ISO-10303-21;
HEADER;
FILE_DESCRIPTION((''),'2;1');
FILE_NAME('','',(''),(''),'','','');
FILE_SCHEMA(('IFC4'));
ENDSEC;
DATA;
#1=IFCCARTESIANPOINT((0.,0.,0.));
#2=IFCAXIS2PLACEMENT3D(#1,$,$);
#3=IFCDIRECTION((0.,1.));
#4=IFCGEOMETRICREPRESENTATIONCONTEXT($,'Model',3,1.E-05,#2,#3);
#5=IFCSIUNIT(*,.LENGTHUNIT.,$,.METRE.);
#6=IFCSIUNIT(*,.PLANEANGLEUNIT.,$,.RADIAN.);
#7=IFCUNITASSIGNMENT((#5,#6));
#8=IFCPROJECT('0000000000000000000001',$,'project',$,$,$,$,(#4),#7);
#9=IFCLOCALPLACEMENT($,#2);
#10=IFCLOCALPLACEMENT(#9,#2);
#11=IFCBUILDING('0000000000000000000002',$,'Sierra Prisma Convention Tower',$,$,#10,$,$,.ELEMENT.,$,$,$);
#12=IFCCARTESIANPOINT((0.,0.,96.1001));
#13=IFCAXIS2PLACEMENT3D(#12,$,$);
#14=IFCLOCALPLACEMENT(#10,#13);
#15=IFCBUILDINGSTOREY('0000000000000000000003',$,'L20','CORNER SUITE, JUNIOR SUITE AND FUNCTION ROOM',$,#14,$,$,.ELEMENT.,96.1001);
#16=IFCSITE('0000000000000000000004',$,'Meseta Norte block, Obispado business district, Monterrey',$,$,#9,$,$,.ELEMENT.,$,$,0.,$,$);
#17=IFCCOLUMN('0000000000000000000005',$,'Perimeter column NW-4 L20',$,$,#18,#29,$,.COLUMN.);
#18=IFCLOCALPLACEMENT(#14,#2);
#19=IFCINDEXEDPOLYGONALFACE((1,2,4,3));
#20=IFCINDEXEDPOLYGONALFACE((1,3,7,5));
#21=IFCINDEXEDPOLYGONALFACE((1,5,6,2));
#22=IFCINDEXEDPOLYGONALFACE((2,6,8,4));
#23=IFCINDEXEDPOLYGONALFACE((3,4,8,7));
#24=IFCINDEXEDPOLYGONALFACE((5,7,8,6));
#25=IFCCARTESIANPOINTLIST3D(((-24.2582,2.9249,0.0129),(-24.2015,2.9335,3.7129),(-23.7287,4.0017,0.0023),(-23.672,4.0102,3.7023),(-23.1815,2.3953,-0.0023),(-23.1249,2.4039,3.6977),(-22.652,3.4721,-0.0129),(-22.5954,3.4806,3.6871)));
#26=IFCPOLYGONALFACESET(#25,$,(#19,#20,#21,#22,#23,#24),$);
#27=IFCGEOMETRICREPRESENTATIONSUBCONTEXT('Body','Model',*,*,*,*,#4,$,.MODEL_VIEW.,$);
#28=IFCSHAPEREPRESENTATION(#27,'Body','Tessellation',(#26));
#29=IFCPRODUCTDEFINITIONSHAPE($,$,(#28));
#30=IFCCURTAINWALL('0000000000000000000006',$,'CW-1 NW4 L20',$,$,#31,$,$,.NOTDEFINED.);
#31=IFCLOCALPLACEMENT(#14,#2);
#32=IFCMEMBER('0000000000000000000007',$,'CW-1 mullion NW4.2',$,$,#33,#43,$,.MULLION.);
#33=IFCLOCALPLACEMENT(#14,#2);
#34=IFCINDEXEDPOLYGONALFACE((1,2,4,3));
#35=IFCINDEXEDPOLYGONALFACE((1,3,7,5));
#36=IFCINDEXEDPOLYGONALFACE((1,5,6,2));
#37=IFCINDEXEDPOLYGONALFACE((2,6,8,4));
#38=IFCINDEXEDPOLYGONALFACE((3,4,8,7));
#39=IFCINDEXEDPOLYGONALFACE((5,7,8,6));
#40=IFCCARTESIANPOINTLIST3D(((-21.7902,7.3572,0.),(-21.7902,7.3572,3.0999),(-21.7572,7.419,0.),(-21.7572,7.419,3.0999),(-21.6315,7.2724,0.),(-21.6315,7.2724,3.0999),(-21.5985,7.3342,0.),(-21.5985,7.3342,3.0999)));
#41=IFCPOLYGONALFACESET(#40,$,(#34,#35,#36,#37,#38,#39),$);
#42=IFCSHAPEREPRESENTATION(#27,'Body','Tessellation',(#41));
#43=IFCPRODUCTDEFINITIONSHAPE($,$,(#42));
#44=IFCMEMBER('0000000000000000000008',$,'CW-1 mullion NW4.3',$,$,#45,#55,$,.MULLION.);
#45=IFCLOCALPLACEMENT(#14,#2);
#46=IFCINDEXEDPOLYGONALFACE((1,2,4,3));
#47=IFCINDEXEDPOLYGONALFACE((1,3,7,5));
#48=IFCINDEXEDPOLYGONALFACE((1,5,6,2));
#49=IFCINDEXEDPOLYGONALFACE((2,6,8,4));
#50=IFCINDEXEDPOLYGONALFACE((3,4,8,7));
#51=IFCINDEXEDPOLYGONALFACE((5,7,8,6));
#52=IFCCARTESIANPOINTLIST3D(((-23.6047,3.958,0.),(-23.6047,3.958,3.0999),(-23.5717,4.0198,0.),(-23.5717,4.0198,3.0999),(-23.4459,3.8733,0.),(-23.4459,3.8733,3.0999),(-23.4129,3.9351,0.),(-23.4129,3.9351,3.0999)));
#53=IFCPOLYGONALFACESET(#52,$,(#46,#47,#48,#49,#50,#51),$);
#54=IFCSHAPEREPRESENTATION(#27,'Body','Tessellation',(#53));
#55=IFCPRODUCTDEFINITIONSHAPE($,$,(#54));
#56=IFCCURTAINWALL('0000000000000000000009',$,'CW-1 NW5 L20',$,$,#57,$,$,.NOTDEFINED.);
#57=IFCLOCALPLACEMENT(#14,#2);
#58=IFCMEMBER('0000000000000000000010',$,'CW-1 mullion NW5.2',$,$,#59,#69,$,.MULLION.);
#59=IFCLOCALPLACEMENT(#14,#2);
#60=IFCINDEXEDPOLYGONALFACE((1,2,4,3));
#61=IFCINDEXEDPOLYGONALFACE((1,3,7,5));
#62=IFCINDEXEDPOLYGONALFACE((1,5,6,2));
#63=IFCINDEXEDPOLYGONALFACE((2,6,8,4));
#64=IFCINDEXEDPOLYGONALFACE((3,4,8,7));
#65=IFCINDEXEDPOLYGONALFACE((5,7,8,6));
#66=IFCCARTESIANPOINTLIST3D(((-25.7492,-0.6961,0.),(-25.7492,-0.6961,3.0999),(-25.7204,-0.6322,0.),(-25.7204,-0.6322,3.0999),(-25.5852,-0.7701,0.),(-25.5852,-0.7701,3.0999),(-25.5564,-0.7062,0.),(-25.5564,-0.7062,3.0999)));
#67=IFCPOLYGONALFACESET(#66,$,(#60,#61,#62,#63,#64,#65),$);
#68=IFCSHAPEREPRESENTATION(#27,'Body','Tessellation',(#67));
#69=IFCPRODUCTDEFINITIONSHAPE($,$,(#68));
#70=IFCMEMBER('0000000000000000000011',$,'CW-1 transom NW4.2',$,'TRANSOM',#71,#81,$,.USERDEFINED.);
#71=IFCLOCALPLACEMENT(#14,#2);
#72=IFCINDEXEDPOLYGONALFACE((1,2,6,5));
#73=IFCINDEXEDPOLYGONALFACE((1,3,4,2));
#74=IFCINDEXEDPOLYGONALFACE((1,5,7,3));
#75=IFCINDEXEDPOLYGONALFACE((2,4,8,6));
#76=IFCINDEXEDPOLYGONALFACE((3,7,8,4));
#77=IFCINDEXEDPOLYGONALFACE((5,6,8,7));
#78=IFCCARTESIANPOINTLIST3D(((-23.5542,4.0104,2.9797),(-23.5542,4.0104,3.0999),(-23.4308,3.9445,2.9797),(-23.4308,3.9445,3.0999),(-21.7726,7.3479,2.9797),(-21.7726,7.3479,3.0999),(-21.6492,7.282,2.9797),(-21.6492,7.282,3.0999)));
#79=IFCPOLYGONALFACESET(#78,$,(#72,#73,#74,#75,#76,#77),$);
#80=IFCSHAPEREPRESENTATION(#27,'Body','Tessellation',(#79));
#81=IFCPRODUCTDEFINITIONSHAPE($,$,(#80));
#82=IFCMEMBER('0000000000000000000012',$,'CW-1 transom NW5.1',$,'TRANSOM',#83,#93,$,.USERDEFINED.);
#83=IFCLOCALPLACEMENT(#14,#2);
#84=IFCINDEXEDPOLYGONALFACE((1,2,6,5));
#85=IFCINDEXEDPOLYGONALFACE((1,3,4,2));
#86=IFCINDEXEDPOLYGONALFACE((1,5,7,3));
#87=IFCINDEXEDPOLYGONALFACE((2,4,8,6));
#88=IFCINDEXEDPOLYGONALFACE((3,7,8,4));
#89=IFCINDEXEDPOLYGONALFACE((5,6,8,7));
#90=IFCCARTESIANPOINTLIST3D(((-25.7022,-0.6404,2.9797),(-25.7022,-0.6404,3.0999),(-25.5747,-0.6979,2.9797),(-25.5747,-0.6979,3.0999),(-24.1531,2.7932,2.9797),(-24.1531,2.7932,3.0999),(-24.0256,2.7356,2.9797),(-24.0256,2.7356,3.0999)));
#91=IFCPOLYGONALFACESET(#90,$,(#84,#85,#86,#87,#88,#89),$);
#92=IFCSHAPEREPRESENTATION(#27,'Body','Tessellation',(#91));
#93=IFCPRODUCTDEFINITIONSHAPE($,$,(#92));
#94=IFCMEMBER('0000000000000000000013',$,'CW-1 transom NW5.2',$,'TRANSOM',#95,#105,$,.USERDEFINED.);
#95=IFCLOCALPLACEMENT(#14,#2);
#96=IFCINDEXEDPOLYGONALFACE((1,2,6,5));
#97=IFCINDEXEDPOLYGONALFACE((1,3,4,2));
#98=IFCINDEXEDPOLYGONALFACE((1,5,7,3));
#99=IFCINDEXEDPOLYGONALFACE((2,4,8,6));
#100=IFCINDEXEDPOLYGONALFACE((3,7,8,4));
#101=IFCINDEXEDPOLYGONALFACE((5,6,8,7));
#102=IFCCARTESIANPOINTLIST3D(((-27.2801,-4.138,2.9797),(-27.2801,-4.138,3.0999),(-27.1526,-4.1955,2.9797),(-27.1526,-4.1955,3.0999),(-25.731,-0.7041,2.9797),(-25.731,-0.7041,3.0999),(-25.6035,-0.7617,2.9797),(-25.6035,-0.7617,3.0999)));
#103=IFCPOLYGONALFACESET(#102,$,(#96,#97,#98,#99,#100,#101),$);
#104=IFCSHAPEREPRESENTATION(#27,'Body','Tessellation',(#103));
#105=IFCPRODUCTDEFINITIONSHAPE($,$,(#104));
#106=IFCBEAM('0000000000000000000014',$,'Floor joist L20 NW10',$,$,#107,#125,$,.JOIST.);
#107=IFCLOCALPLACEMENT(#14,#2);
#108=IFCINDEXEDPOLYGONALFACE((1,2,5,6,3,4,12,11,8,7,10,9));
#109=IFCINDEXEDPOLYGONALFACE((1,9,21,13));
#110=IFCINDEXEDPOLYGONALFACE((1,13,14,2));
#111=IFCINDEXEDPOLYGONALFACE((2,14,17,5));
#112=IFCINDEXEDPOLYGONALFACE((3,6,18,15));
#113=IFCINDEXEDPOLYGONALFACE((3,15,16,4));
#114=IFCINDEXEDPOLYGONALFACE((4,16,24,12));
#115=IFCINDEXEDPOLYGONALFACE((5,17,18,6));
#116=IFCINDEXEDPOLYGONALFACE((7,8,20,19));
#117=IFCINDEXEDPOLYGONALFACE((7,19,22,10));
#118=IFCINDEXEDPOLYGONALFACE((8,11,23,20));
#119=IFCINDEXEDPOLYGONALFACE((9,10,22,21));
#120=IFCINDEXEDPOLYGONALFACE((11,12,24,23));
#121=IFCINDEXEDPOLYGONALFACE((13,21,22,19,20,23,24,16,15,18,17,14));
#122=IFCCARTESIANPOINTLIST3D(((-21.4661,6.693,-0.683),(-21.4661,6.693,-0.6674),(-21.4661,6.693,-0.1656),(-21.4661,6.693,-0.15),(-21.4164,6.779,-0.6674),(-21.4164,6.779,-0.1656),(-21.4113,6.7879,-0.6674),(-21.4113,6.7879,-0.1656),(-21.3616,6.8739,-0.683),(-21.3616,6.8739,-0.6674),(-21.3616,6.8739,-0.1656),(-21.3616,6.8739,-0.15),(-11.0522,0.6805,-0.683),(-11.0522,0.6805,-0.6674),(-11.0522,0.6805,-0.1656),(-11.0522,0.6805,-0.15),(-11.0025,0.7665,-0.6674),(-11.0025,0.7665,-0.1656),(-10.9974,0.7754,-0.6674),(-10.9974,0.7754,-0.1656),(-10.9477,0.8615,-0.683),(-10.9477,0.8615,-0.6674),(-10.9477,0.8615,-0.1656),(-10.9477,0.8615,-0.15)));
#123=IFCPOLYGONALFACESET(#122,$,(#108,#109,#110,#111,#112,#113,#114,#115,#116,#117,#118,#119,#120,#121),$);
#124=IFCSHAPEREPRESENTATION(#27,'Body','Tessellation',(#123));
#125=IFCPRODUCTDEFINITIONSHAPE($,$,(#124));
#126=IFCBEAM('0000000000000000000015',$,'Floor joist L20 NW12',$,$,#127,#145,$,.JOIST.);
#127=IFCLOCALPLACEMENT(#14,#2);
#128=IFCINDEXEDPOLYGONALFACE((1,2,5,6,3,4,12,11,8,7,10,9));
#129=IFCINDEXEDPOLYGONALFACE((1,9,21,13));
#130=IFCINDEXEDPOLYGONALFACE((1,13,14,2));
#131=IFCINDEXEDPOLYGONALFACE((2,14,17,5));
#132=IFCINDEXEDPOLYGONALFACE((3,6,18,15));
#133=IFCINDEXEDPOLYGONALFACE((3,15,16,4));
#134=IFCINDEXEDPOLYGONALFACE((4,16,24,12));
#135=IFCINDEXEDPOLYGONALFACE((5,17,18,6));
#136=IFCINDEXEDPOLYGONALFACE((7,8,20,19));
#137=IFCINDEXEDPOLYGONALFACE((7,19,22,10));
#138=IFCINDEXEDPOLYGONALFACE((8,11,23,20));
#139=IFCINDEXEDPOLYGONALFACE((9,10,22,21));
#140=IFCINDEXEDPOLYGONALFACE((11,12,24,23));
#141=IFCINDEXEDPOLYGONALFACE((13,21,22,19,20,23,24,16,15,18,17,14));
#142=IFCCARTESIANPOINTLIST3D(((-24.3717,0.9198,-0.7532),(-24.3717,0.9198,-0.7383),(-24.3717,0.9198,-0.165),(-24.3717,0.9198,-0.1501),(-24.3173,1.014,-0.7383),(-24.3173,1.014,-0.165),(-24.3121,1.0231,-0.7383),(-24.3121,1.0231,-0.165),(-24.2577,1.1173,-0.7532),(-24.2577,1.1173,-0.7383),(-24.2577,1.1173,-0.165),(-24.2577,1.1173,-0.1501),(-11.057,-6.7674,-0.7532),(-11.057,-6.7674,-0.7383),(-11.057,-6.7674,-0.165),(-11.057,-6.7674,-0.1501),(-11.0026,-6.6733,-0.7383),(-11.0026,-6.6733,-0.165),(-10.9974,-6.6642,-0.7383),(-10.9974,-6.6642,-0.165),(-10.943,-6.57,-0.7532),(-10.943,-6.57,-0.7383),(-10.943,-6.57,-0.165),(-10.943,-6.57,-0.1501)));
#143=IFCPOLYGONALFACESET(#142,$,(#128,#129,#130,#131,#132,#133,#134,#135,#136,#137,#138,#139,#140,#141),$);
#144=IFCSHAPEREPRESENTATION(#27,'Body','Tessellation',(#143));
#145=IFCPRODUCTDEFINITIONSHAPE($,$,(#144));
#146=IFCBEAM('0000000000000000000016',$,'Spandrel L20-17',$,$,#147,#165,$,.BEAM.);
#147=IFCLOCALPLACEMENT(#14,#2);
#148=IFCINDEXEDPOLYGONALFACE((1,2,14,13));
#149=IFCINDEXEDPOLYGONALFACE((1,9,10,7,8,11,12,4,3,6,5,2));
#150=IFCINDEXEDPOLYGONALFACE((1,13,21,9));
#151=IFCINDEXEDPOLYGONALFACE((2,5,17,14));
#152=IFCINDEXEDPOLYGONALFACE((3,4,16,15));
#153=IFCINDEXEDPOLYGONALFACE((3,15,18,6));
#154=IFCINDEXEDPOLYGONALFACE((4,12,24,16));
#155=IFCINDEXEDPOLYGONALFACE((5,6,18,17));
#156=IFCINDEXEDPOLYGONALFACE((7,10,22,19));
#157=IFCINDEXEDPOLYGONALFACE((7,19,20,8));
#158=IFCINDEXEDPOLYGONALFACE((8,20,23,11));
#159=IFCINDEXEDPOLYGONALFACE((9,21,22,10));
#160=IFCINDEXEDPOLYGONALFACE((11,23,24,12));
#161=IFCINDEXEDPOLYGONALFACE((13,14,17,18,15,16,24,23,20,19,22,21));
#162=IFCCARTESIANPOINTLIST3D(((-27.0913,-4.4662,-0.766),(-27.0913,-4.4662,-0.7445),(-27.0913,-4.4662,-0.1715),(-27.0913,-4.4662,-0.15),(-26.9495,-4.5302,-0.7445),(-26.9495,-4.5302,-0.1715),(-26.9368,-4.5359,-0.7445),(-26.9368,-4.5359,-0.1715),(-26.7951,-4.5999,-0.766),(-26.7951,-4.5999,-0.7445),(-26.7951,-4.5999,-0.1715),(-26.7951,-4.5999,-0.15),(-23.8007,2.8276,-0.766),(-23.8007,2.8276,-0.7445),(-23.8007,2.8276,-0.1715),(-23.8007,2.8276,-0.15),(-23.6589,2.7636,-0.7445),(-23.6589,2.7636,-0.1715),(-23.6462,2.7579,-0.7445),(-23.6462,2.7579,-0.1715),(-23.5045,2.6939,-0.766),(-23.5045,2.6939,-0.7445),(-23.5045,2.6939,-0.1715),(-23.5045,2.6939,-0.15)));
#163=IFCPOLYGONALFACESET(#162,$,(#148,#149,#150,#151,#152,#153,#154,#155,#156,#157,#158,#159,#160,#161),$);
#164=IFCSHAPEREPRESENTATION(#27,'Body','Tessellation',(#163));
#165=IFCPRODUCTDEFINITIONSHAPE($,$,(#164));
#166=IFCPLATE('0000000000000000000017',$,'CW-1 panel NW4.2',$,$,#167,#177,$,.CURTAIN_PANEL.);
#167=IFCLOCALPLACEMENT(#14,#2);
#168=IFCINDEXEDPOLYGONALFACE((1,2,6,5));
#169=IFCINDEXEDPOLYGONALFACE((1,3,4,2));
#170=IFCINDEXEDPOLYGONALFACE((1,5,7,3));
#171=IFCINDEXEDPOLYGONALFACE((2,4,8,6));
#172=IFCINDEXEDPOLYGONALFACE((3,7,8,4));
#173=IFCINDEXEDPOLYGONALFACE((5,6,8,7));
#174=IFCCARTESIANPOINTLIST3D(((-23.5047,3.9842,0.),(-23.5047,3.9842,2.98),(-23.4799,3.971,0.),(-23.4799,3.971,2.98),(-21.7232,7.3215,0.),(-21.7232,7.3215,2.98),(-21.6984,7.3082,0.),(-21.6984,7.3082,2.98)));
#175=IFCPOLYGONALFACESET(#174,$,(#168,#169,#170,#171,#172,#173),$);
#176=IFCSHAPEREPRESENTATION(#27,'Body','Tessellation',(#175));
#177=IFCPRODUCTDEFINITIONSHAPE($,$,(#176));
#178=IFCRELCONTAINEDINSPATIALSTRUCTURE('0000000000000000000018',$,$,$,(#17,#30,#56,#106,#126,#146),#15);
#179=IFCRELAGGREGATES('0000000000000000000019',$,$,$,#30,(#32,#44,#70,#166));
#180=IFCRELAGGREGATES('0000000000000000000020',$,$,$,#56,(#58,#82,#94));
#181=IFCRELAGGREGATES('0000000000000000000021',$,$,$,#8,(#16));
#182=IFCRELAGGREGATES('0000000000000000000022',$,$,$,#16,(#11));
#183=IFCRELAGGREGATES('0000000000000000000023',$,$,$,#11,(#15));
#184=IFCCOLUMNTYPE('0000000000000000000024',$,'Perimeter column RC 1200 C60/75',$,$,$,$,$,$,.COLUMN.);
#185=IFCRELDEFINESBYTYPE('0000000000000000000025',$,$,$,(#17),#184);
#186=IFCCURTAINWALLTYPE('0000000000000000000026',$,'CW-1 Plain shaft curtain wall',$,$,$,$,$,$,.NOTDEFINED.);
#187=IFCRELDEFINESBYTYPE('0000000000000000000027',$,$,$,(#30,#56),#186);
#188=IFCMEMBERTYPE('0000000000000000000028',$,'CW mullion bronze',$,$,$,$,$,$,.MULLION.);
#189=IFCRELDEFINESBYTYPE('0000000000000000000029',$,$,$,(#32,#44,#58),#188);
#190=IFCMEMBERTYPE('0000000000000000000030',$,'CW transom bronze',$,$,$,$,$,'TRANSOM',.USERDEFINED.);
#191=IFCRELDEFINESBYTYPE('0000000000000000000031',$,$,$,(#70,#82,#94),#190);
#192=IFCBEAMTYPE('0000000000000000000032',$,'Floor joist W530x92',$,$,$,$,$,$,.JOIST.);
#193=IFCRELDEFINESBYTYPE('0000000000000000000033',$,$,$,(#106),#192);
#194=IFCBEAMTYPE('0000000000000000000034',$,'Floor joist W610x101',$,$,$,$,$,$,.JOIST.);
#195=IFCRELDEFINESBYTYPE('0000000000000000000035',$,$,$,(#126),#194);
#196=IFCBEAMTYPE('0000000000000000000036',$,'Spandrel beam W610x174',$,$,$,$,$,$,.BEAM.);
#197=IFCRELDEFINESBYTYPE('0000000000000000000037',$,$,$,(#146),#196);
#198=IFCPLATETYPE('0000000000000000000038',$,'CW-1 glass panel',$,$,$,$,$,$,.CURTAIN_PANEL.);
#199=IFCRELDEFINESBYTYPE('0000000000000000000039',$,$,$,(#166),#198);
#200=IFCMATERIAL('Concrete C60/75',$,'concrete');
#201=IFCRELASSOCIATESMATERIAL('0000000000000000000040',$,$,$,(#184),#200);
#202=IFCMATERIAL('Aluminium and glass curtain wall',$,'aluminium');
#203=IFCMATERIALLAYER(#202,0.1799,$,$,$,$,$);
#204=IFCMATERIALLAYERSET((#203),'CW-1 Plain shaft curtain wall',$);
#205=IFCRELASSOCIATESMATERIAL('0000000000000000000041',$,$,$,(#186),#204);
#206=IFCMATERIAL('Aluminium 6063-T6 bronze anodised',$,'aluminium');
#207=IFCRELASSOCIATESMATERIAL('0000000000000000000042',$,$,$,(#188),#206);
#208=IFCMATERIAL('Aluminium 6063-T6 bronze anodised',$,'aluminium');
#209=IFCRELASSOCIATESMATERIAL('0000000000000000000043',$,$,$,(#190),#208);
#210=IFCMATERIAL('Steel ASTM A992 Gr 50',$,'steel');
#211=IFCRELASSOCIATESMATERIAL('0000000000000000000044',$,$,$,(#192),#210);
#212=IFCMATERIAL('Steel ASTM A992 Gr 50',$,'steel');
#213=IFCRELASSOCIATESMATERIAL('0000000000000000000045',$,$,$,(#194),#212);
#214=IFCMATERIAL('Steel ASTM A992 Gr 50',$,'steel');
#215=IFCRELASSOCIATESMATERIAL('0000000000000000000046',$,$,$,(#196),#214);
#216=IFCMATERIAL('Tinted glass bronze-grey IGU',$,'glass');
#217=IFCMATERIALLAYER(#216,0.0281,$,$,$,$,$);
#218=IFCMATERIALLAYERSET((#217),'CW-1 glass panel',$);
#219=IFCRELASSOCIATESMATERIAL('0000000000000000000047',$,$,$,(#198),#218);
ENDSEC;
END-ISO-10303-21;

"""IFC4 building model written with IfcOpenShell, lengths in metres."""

from ifc_helpers import new_model, si_unit, direction, frame, origin, origin_2d, place, context, subcontext, project, spatial, rectangle, i_section, extrude, material, layer, layer_set, material_profile, profile_set, type_object, element, aggregate, save


model = new_model("IFC4")

# Units and contexts
model_context = context("Model", 3, precision=1e-05, world=origin(), true_north=direction((0.0, 1.0)))
body_context = subcontext(model_context, "Body", "Model", "MODEL_VIEW")
ifc_project = project(units=[si_unit("LENGTHUNIT", "METRE"), si_unit("PLANEANGLEUNIT", "RADIAN")], contexts=[model_context])

# Site, building, storey
site_placement = place(None, origin())
site = spatial("IfcSite", under=ifc_project, at=site_placement, Name="Meseta Norte block, Obispado business district, Monterrey", CompositionType="ELEMENT", RefElevation=0.0)
building_placement = place(site_placement, origin())
building = spatial("IfcBuilding", under=site, at=building_placement, Name="Sierra Prisma Convention Tower", CompositionType="ELEMENT")
storey_placement = place(building_placement, frame((0.0, 0.0, 96.1001)))
storey = spatial("IfcBuildingStorey", under=building, at=storey_placement, Name="L20", Description="CORNER SUITE, JUNIOR SUITE AND FUNCTION ROOM", CompositionType="ELEMENT", Elevation=96.1001)

# Column
ifc_material_1 = material(Name="Concrete C60/75", Category="concrete")
ifc_material_profile_1 = material_profile(ifc_material_1, rectangle(XDim=1.2, YDim=1.2, at=origin_2d()), Name="Perimeter column RC 1200 C60/75")
ifc_profile_set_1 = profile_set([ifc_material_profile_1], Name="Concrete C60/75")
column_type = type_object("IfcColumnType", Name="Perimeter column RC 1200 C60/75", PredefinedType="COLUMN", material=ifc_profile_set_1)
column_placement = place(storey_placement, frame((-23.4551, 3.1985, 0.0), z_axis=(0.015307, 0.002309, 0.99988), x_axis=(0.441268, 0.897332, -0.008827)))
element("IfcColumn", 1, at=column_placement, inside=storey, type_object=column_type, Name="Perimeter column NW-4 L20", PredefinedType="COLUMN", context=body_context, shape_type="SweptSolid", body=[
    extrude(rectangle(XDim=1.2, YDim=1.2, at=origin_2d()), origin(), (0.0, 0.0, 1.0), 3.7004),
])

# Curtain wall, members
ifc_material_2 = material(Name="Aluminium and glass curtain wall", Category="aluminium")
ifc_layer_1 = layer(ifc_material_2, 0.1799)
ifc_layer_set_1 = layer_set([ifc_layer_1], Name="CW-1 Plain shaft curtain wall")
curtain_wall_type = type_object("IfcCurtainWallType", Name="CW-1 Plain shaft curtain wall", PredefinedType="NOTDEFINED", material=ifc_layer_set_1)
curtain_wall_1_placement = place(storey_placement, origin())
curtain_wall_1 = element("IfcCurtainWall", 2, at=curtain_wall_1_placement, inside=storey, type_object=curtain_wall_type, Name="CW-1 NW4 L20", PredefinedType="NOTDEFINED")
ifc_material_3 = material(Name="Aluminium 6063-T6 bronze anodised", Category="aluminium")
ifc_material_profile_2 = material_profile(ifc_material_3, rectangle(XDim=0.1799, YDim=0.0701, at=origin_2d()), Name="ALU MULLION 70x180")
ifc_profile_set_2 = profile_set([ifc_material_profile_2], Name="Aluminium 6063-T6 bronze anodised")
member_type_1 = type_object("IfcMemberType", Name="CW mullion bronze", PredefinedType="MULLION", material=ifc_profile_set_2)
member_1_placement = place(storey_placement, frame((-21.6943, 7.3457, 0.0), z_axis=(0.0, 0.0, 1.0), x_axis=(0.882176, -0.470921, 0.0)))
member_1 = element("IfcMember", 3, at=member_1_placement, type_object=member_type_1, Name="CW-1 mullion NW4.2", PredefinedType="MULLION", context=body_context, shape_type="SweptSolid", body=[
    extrude(rectangle(XDim=0.1799, YDim=0.0701, at=origin_2d()), origin(), (0.0, 0.0, 1.0), 3.0999),
])
member_2_placement = place(storey_placement, frame((-23.5088, 3.9465, 0.0), z_axis=(0.0, 0.0, 1.0), x_axis=(0.882176, -0.470921, 0.0)))
member_2 = element("IfcMember", 4, at=member_2_placement, type_object=member_type_1, Name="CW-1 mullion NW4.3", PredefinedType="MULLION", context=body_context, shape_type="SweptSolid", body=[
    extrude(rectangle(XDim=0.1799, YDim=0.0701, at=origin_2d()), origin(), (0.0, 0.0, 1.0), 3.0999),
])

# Curtain wall, member
curtain_wall_2_placement = place(storey_placement, origin())
curtain_wall_2 = element("IfcCurtainWall", 5, at=curtain_wall_2_placement, inside=storey, type_object=curtain_wall_type, Name="CW-1 NW5 L20", PredefinedType="NOTDEFINED")
member_3_placement = place(storey_placement, frame((-25.6528, -0.7012, 0.0), z_axis=(0.0, 0.0, 1.0), x_axis=(0.911531, -0.411231, 0.0)))
member_3 = element("IfcMember", 6, at=member_3_placement, type_object=member_type_1, Name="CW-1 mullion NW5.2", PredefinedType="MULLION", context=body_context, shape_type="SweptSolid", body=[
    extrude(rectangle(XDim=0.1799, YDim=0.0701, at=origin_2d()), origin(), (0.0, 0.0, 1.0), 3.0999),
])

# Members
ifc_material_4 = material(Name="Aluminium 6063-T6 bronze anodised", Category="aluminium")
ifc_material_profile_3 = material_profile(ifc_material_4, rectangle(XDim=0.1399, YDim=0.1201, at=origin_2d()), Name="ALU TRANSOM 120x140")
ifc_profile_set_3 = profile_set([ifc_material_profile_3], Name="Aluminium 6063-T6 bronze anodised")
member_type_2 = type_object("IfcMemberType", Name="CW transom bronze", ElementType="TRANSOM", PredefinedType="USERDEFINED", material=ifc_profile_set_3)
member_4_placement = place(storey_placement, frame((-21.7109, 7.3149, 3.0398), z_axis=(-0.470906, -0.882183, 0.0), x_axis=(0.882183, -0.470906, 0.0)))
member_4 = element("IfcMember", 7, at=member_4_placement, type_object=member_type_2, Name="CW-1 transom NW4.2", ObjectType="TRANSOM", PredefinedType="USERDEFINED", context=body_context, shape_type="SweptSolid", body=[
    extrude(rectangle(XDim=0.1399, YDim=0.1201, at=origin_2d()), origin(), (0.0, 0.0, 1.0), 3.7832),
])
member_5_placement = place(storey_placement, frame((-24.0894, 2.7644, 3.0398), z_axis=(-0.411238, -0.911528, 0.0), x_axis=(0.911528, -0.411238, 0.0)))
member_5 = element("IfcMember", 8, at=member_5_placement, type_object=member_type_2, Name="CW-1 transom NW5.1", ObjectType="TRANSOM", PredefinedType="USERDEFINED", context=body_context, shape_type="SweptSolid", body=[
    extrude(rectangle(XDim=0.1399, YDim=0.1201, at=origin_2d()), origin(), (0.0, 0.0, 1.0), 3.7668),
])
member_6_placement = place(storey_placement, frame((-25.6672, -0.7329, 3.0398), z_axis=(-0.411213, -0.911539, 0.0), x_axis=(0.911539, -0.411213, 0.0)))
member_6 = element("IfcMember", 9, at=member_6_placement, type_object=member_type_2, Name="CW-1 transom NW5.2", ObjectType="TRANSOM", PredefinedType="USERDEFINED", context=body_context, shape_type="SweptSolid", body=[
    extrude(rectangle(XDim=0.1399, YDim=0.1201, at=origin_2d()), origin(), (0.0, 0.0, 1.0), 3.7671),
])

# Beams
ifc_material_5 = material(Name="Steel ASTM A992 Gr 50", Category="steel")
ifc_material_profile_4 = material_profile(ifc_material_5, i_section(OverallWidth=0.209, OverallDepth=0.533, WebThickness=0.0103, FlangeThickness=0.0156, at=origin_2d()), Name="W530x92")
ifc_profile_set_4 = profile_set([ifc_material_profile_4], Name="Steel ASTM A992 Gr 50")
beam_type_1 = type_object("IfcBeamType", Name="Floor joist W530x92", PredefinedType="JOIST", material=ifc_profile_set_4)
beam_1_placement = place(storey_placement, frame((-21.4138, 6.7834, -0.4165), z_axis=(0.866024, -0.500002, 0.0), x_axis=(0.500002, 0.866024, 0.0)))
element("IfcBeam", 10, at=beam_1_placement, inside=storey, type_object=beam_type_1, Name="Floor joist L20 NW10", PredefinedType="JOIST", context=body_context, shape_type="SweptSolid", body=[
    extrude(i_section(OverallWidth=0.209, OverallDepth=0.533, WebThickness=0.0103, FlangeThickness=0.0156, at=origin_2d()), origin(), (0.0, 0.0, 1.0), 12.0249),
])
ifc_material_6 = material(Name="Steel ASTM A992 Gr 50", Category="steel")
ifc_material_profile_5 = material_profile(ifc_material_6, i_section(OverallWidth=0.228, OverallDepth=0.603, WebThickness=0.0105, FlangeThickness=0.0149, at=origin_2d()), Name="W610x101")
ifc_profile_set_5 = profile_set([ifc_material_profile_5], Name="Steel ASTM A992 Gr 50")
beam_type_2 = type_object("IfcBeamType", Name="Floor joist W610x101", PredefinedType="JOIST", material=ifc_profile_set_5)
beam_2_placement = place(storey_placement, frame((-24.3147, 1.0186, -0.4517), z_axis=(0.866025, -0.500001, 0.0), x_axis=(0.500001, 0.866025, 0.0)))
element("IfcBeam", 11, at=beam_2_placement, inside=storey, type_object=beam_type_2, Name="Floor joist L20 NW12", PredefinedType="JOIST", context=body_context, shape_type="SweptSolid", body=[
    extrude(i_section(OverallWidth=0.228, OverallDepth=0.603, WebThickness=0.0105, FlangeThickness=0.0149, at=origin_2d()), origin(), (0.0, 0.0, 1.0), 15.3745),
])
ifc_material_7 = material(Name="Steel ASTM A992 Gr 50", Category="steel")
ifc_material_profile_6 = material_profile(ifc_material_7, i_section(OverallWidth=0.325, OverallDepth=0.616, WebThickness=0.0139, FlangeThickness=0.0215, at=origin_2d()), Name="W610x174")
ifc_profile_set_6 = profile_set([ifc_material_profile_6], Name="Steel ASTM A992 Gr 50")
beam_type_3 = type_object("IfcBeamType", Name="Spandrel beam W610x174", PredefinedType="BEAM", material=ifc_profile_set_6)
beam_3_placement = place(storey_placement, frame((-23.6526, 2.7607, -0.458), z_axis=(-0.411234, -0.91153, 0.0), x_axis=(0.91153, -0.411234, 0.0)))
element("IfcBeam", 12, at=beam_3_placement, inside=storey, type_object=beam_type_3, Name="Spandrel L20-17", PredefinedType="BEAM", context=body_context, shape_type="SweptSolid", body=[
    extrude(i_section(OverallWidth=0.325, OverallDepth=0.616, WebThickness=0.0139, FlangeThickness=0.0215, at=origin_2d()), origin(), (0.0, 0.0, 1.0), 8.0017),
])

# Plate
ifc_material_8 = material(Name="Tinted glass bronze-grey IGU", Category="glass")
ifc_layer_2 = layer(ifc_material_8, 0.0281)
ifc_layer_set_2 = layer_set([ifc_layer_2], Name="CW-1 glass panel")
plate_type = type_object("IfcPlateType", Name="CW-1 glass panel", PredefinedType="CURTAIN_PANEL", material=ifc_layer_set_2)
plate_1_placement = place(storey_placement, frame((-22.6016, 5.6462, 0.0), z_axis=(0.0, 0.0, 1.0), x_axis=(-0.470921, -0.882176, 0.0)))
plate_1 = element("IfcPlate", 13, at=plate_1_placement, type_object=plate_type, Name="CW-1 panel NW4.2", PredefinedType="CURTAIN_PANEL", context=body_context, shape_type="SweptSolid", body=[
    extrude(rectangle(XDim=3.783, YDim=0.0281, at=origin_2d()), origin(), (0.0, 0.0, 1.0), 2.98),
])
aggregate(curtain_wall_1, [member_1, member_2, member_4, plate_1])
aggregate(curtain_wall_2, [member_3, member_5, member_6])

save(model, "model.ifc")
